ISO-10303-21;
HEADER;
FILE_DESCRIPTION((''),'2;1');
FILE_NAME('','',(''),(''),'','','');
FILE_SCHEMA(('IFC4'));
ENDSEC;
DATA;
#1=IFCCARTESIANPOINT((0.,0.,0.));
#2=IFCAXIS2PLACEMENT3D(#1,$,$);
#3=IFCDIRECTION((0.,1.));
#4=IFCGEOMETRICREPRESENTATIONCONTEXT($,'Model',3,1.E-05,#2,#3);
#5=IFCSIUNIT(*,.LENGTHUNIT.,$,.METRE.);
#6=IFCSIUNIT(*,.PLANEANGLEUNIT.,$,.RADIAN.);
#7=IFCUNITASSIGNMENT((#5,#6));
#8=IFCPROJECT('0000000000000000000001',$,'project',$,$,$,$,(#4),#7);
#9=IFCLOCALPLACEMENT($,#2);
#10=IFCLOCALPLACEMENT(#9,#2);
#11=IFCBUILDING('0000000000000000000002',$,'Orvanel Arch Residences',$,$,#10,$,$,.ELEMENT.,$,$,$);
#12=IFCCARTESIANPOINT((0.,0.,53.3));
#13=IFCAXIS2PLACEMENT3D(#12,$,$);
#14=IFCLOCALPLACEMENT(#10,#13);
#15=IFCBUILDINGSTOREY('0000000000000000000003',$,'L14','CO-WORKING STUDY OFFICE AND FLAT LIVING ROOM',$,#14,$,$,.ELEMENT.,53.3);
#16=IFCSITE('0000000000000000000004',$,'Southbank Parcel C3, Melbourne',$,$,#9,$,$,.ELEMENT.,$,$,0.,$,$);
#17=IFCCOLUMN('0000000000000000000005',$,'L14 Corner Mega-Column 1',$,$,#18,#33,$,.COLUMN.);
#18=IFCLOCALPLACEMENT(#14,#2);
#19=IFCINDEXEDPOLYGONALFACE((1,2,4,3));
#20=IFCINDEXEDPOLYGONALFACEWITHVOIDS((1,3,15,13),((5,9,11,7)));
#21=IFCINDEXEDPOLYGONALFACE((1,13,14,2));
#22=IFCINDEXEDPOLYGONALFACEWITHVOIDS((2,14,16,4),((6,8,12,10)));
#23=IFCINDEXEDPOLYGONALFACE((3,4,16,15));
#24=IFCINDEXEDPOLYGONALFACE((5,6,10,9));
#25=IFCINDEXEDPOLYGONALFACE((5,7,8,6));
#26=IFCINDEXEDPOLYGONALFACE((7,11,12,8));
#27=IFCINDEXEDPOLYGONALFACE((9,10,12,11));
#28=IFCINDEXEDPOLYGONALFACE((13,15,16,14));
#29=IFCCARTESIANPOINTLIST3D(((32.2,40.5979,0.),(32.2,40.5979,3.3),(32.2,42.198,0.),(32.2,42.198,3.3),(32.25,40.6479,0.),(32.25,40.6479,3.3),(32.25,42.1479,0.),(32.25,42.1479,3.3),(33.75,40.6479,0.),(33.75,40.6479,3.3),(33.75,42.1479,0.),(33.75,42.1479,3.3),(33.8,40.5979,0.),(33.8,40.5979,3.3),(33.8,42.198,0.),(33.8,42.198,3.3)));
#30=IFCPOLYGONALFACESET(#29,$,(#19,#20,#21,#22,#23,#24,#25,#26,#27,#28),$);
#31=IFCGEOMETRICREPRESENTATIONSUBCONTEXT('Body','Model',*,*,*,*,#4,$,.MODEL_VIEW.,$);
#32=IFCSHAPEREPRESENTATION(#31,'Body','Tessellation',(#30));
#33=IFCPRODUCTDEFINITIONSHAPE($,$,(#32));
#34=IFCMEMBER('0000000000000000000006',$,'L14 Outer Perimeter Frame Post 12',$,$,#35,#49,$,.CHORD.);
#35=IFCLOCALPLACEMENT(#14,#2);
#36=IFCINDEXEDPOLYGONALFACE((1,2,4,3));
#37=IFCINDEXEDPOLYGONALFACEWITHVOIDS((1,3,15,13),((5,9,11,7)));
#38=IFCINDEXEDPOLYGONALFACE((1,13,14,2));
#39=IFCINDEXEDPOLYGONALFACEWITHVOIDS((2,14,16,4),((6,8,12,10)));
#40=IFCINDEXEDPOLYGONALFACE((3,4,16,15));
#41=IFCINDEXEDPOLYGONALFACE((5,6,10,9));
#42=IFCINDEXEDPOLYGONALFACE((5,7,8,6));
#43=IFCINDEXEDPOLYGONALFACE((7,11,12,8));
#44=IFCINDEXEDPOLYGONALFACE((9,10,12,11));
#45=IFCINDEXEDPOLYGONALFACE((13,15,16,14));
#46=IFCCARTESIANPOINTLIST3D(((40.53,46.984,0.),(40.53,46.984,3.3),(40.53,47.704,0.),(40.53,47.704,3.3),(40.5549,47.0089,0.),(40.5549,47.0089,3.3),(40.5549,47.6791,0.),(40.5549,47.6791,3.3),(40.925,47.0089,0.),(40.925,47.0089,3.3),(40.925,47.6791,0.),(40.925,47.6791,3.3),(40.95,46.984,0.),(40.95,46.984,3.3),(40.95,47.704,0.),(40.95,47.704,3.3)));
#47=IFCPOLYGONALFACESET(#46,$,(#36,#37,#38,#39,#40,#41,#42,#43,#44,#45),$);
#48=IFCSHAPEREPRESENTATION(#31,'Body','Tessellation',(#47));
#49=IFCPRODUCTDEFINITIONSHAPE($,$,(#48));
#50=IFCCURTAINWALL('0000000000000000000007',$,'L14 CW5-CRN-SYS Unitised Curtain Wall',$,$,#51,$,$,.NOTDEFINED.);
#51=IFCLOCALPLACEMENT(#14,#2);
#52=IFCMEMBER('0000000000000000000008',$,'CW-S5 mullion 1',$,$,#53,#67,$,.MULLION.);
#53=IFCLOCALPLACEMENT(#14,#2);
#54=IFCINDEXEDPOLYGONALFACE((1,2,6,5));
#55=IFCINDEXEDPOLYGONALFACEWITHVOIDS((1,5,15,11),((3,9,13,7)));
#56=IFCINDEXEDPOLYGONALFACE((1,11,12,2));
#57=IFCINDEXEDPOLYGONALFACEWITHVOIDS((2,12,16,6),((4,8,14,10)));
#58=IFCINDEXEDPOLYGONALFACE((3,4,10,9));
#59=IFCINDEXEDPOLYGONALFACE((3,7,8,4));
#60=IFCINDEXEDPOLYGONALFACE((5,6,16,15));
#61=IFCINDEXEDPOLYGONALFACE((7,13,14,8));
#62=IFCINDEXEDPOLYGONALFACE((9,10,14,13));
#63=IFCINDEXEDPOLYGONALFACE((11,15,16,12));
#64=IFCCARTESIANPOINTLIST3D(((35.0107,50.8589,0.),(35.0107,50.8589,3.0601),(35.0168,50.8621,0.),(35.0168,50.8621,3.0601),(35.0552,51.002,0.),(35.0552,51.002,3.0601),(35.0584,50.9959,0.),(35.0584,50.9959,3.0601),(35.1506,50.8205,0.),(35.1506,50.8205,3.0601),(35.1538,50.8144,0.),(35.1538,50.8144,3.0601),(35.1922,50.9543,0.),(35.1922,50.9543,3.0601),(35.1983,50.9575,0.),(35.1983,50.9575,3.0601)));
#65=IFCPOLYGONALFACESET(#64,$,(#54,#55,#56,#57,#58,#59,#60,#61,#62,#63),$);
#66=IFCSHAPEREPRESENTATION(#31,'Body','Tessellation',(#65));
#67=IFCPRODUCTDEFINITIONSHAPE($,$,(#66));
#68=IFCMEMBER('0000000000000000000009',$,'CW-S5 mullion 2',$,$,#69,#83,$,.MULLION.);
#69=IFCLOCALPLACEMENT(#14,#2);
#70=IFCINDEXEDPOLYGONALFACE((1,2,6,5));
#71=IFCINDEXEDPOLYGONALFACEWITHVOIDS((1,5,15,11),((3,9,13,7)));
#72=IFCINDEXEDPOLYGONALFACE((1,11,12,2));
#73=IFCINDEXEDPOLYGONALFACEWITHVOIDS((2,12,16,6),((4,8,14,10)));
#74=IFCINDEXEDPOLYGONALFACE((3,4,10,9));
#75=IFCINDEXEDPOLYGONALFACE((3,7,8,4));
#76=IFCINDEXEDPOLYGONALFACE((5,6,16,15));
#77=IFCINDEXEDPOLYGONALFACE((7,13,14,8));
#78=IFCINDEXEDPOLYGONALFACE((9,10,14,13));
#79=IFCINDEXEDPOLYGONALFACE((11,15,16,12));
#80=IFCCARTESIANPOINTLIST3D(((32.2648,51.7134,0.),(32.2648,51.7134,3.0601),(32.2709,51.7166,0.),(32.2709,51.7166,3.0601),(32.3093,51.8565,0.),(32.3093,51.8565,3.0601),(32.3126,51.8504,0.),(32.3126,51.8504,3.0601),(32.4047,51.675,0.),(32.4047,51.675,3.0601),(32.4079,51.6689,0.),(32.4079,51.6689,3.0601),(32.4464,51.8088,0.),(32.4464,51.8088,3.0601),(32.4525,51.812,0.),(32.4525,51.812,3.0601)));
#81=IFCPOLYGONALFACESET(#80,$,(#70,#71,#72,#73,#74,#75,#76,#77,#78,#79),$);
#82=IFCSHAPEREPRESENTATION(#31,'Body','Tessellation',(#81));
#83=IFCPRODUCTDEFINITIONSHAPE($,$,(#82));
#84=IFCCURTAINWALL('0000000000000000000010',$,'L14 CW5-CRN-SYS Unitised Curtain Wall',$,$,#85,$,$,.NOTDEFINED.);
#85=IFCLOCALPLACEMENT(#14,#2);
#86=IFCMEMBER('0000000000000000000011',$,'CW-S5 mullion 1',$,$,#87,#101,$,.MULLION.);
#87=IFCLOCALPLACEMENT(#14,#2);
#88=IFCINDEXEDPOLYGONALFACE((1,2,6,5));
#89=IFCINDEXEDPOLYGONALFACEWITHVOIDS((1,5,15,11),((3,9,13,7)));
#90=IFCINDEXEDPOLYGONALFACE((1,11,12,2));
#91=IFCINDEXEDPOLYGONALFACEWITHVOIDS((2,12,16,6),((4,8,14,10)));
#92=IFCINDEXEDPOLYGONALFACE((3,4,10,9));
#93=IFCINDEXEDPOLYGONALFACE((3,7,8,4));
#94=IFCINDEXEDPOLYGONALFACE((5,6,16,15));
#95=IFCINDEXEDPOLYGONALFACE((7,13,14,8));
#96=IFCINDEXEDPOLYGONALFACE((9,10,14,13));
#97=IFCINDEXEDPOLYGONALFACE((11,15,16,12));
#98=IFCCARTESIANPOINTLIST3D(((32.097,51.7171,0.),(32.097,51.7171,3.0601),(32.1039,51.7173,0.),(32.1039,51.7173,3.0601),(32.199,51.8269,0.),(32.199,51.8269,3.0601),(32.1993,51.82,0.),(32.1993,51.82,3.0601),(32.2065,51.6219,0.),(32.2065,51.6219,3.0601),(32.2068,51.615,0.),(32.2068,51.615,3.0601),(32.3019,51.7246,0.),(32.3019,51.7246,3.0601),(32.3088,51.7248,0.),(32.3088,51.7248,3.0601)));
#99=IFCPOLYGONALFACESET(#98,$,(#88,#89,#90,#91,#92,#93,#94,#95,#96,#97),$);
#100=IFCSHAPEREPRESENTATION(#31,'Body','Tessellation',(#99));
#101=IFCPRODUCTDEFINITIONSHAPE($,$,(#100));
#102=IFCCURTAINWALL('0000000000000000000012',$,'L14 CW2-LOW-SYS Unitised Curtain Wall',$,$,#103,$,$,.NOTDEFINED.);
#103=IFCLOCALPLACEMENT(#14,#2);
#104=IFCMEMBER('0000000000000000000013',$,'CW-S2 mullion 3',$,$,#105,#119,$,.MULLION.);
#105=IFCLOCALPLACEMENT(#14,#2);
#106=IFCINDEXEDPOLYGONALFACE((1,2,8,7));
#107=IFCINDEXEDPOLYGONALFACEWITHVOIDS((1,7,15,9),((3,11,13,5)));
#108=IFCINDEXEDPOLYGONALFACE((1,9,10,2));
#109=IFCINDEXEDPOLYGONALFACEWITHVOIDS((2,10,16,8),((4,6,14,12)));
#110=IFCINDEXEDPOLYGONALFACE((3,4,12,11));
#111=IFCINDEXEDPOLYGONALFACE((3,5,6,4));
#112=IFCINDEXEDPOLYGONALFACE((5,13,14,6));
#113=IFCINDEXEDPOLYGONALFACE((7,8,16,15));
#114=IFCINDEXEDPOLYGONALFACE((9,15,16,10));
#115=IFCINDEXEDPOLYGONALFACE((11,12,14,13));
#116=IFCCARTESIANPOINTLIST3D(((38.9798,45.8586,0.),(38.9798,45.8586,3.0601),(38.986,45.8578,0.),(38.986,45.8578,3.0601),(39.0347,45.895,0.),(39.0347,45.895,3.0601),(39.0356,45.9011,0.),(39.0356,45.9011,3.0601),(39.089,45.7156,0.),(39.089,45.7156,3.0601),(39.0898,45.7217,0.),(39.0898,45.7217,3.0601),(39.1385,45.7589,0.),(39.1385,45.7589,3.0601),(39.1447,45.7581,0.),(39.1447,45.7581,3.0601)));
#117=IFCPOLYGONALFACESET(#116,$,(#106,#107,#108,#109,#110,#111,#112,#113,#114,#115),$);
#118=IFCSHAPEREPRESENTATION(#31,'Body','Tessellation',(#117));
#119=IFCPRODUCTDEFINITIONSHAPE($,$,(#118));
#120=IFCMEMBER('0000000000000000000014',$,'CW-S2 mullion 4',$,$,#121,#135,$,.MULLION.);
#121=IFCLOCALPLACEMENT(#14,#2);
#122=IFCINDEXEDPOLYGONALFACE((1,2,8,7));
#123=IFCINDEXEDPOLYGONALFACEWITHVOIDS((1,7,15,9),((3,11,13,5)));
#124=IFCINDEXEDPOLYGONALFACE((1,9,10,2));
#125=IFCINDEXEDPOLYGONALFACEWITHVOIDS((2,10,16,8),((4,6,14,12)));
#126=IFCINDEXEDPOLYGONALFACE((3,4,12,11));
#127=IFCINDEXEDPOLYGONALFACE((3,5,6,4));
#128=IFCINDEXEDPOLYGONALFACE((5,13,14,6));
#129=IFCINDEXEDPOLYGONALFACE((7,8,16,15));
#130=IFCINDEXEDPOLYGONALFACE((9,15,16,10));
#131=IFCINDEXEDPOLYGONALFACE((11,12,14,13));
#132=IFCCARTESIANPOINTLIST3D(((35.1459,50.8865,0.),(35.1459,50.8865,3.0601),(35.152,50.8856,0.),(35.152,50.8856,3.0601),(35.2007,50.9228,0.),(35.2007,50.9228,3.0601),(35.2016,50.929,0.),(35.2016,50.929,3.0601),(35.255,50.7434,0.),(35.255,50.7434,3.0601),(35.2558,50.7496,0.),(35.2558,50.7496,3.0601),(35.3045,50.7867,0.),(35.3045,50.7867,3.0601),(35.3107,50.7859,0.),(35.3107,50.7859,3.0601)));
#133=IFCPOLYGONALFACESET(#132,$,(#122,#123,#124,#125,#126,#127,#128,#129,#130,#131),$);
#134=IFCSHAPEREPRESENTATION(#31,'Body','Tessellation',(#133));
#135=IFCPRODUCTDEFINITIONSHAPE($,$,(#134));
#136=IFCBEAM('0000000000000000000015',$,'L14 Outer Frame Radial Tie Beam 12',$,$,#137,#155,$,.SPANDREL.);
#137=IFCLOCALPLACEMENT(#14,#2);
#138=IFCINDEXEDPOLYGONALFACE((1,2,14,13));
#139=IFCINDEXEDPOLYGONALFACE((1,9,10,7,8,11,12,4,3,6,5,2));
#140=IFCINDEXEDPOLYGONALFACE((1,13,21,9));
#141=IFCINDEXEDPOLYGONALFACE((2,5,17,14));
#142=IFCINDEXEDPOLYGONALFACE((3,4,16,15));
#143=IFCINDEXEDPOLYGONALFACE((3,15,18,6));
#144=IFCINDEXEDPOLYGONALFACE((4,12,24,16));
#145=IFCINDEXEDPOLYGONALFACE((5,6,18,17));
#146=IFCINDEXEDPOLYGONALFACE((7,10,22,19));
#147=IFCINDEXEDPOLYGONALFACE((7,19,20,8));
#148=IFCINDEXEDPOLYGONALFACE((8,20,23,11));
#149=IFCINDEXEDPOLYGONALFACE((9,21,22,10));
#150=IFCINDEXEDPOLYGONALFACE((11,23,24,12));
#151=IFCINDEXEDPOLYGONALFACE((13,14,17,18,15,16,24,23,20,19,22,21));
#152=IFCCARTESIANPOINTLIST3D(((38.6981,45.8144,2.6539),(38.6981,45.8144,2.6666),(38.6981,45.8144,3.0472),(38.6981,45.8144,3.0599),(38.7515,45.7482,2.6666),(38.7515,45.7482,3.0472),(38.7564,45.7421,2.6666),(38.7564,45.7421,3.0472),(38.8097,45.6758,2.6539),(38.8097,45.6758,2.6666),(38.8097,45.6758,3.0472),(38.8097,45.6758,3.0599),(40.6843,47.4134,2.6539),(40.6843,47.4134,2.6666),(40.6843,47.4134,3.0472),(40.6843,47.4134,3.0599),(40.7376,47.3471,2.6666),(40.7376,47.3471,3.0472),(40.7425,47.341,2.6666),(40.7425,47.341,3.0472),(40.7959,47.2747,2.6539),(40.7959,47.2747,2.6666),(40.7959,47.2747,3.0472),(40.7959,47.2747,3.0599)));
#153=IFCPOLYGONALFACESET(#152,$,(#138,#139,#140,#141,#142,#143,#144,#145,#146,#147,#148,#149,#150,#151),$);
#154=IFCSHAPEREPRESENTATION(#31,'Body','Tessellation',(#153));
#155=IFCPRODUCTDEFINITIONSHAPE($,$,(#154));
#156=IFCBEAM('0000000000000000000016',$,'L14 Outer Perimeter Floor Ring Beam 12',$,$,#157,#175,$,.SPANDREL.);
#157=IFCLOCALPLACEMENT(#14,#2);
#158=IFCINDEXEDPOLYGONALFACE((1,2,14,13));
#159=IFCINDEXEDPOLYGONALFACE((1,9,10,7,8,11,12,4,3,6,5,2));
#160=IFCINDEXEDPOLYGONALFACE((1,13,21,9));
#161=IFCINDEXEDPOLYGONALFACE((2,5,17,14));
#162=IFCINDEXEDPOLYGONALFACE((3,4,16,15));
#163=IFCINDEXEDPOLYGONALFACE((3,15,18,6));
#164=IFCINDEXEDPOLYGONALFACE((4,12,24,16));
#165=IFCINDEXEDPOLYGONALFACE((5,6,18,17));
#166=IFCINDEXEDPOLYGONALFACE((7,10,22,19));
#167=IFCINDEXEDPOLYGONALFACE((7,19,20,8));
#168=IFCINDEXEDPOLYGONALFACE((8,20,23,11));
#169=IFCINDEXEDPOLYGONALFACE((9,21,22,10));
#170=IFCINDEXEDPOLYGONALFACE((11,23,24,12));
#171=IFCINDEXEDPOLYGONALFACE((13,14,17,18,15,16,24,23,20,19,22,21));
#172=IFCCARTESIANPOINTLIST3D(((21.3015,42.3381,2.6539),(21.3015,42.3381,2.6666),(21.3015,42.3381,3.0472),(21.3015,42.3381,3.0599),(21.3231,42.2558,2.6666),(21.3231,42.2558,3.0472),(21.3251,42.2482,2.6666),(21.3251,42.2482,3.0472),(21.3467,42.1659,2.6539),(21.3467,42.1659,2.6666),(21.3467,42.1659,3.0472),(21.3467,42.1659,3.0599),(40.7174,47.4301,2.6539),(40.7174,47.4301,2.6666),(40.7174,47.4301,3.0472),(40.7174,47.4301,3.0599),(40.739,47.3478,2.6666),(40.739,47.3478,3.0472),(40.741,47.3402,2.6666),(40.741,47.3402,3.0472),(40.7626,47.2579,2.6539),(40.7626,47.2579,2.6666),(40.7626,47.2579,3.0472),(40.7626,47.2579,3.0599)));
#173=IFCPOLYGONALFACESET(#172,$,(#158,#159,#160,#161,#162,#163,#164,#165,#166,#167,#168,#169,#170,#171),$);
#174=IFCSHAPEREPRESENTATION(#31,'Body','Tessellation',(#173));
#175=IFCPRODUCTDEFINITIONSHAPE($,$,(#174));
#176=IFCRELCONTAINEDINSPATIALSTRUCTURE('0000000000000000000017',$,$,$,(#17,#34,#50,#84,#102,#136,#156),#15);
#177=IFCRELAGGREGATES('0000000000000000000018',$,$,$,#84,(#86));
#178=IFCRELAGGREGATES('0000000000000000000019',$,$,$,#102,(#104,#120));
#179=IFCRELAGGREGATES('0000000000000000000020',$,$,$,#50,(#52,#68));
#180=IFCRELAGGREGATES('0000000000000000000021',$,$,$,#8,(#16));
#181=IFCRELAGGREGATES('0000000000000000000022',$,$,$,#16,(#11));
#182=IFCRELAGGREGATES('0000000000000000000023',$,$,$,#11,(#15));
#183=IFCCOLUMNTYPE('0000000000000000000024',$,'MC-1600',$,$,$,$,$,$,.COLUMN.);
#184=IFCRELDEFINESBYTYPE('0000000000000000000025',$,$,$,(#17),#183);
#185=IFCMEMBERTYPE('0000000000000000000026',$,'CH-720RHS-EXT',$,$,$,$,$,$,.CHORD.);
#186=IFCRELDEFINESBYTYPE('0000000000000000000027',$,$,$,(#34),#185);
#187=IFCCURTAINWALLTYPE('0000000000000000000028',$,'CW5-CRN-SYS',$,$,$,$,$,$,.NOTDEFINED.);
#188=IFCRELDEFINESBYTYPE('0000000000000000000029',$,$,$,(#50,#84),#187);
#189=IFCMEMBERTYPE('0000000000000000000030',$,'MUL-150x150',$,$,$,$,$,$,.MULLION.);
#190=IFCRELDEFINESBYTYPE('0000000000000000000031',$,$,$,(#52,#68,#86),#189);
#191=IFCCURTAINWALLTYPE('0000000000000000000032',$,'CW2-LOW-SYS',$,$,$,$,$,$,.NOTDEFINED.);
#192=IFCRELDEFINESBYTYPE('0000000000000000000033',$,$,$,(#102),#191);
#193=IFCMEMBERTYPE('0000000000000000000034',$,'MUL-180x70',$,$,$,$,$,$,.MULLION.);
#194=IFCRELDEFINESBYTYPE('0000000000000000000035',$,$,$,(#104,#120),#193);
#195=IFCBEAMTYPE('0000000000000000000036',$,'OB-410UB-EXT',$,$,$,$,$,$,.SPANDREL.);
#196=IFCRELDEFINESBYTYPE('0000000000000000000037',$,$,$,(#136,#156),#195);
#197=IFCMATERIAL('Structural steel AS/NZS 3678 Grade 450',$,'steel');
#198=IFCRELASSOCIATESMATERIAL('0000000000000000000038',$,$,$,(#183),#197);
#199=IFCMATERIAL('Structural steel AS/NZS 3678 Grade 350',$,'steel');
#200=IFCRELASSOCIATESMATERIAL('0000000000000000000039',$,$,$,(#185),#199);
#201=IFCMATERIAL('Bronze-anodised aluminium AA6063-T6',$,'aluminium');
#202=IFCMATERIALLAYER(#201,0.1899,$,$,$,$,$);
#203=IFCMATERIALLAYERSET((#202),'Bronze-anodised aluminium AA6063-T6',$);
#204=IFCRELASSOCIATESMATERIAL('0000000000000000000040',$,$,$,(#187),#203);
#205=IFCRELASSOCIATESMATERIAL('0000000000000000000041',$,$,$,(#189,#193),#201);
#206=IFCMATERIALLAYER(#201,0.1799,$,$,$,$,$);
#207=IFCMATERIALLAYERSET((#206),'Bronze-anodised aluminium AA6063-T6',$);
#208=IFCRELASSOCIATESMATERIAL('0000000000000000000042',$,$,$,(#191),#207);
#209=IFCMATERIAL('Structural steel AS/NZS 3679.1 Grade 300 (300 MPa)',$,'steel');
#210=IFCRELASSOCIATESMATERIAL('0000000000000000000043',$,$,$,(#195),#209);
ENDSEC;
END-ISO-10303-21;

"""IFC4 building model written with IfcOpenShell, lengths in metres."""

from ifc_helpers import new_model, si_unit, direction, frame, origin, origin_2d, place, context, subcontext, project, spatial, hollow_rectangle, i_section, extrude, material, layer, layer_set, material_profile, profile_set, type_object, element, aggregate, save


model = new_model("IFC4")

# Units and contexts
model_context = context("Model", 3, precision=1e-05, world=origin(), true_north=direction((0.0, 1.0)))
body_context = subcontext(model_context, "Body", "Model", "MODEL_VIEW")
ifc_project = project(units=[si_unit("LENGTHUNIT", "METRE"), si_unit("PLANEANGLEUNIT", "RADIAN")], contexts=[model_context])

# Site, building, storey
site_placement = place(None, origin())
site = spatial("IfcSite", under=ifc_project, at=site_placement, Name="Southbank Parcel C3, Melbourne", CompositionType="ELEMENT", RefElevation=0.0)
building_placement = place(site_placement, origin())
building = spatial("IfcBuilding", under=site, at=building_placement, Name="Orvanel Arch Residences", CompositionType="ELEMENT")
storey_placement = place(building_placement, frame((0.0, 0.0, 53.3)))
storey = spatial("IfcBuildingStorey", under=building, at=storey_placement, Name="L14", Description="CO-WORKING STUDY OFFICE AND FLAT LIVING ROOM", CompositionType="ELEMENT", Elevation=53.3)

# Column
ifc_material_1 = material(Name="Structural steel AS/NZS 3678 Grade 450", Category="steel")
ifc_material_profile_1 = material_profile(ifc_material_1, hollow_rectangle(XDim=1.6001, YDim=1.6001, WallThickness=0.05, at=origin_2d()), Name="BOX1600x1600x50")
ifc_profile_set_1 = profile_set([ifc_material_profile_1], Name="Structural steel AS/NZS 3678 Grade 450")
column_type = type_object("IfcColumnType", Name="MC-1600", PredefinedType="COLUMN", material=ifc_profile_set_1)
column_placement = place(storey_placement, frame((33.0, 41.3979, 0.0), z_axis=(0.0, 0.0, 1.0), x_axis=(1.0, 0.0, 0.0)))
element("IfcColumn", 1, at=column_placement, inside=storey, type_object=column_type, Name="L14 Corner Mega-Column 1", PredefinedType="COLUMN", context=body_context, shape_type="SweptSolid", body=[
    extrude(hollow_rectangle(XDim=1.6001, YDim=1.6001, WallThickness=0.05, at=origin_2d()), origin(), (0.0, 0.0, 1.0), 3.3),
])

# Member
ifc_material_2 = material(Name="Structural steel AS/NZS 3678 Grade 350", Category="steel")
ifc_material_profile_2 = material_profile(ifc_material_2, hollow_rectangle(XDim=0.4199, YDim=0.72, WallThickness=0.0249, at=origin_2d()), Name="RHS720x420x25")
ifc_profile_set_2 = profile_set([ifc_material_profile_2], Name="Structural steel AS/NZS 3678 Grade 350")
member_type_1 = type_object("IfcMemberType", Name="CH-720RHS-EXT", PredefinedType="CHORD", material=ifc_profile_set_2)
member_1_placement = place(storey_placement, frame((40.74, 47.344, 0.0), z_axis=(0.0, 0.0, 1.0), x_axis=(1.0, 0.0, 0.0)))
element("IfcMember", 2, at=member_1_placement, inside=storey, type_object=member_type_1, Name="L14 Outer Perimeter Frame Post 12", PredefinedType="CHORD", context=body_context, shape_type="SweptSolid", body=[
    extrude(hollow_rectangle(XDim=0.4199, YDim=0.72, WallThickness=0.0249, at=origin_2d()), origin(), (0.0, 0.0, 1.0), 3.3),
])

# Curtain wall, members
ifc_material_3 = material(Name="Bronze-anodised aluminium AA6063-T6", Category="aluminium")
ifc_layer_1 = layer(ifc_material_3, 0.1899)
ifc_layer_set_1 = layer_set([ifc_layer_1], Name="Bronze-anodised aluminium AA6063-T6")
curtain_wall_type_1 = type_object("IfcCurtainWallType", Name="CW5-CRN-SYS", PredefinedType="NOTDEFINED", material=ifc_layer_set_1)
curtain_wall_1_placement = place(storey_placement, origin())
curtain_wall_1 = element("IfcCurtainWall", 3, at=curtain_wall_1_placement, inside=storey, type_object=curtain_wall_type_1, Name="L14 CW5-CRN-SYS Unitised Curtain Wall", PredefinedType="NOTDEFINED")
ifc_material_profile_3 = material_profile(ifc_material_3, hollow_rectangle(XDim=0.1499, YDim=0.1499, WallThickness=0.0049, at=origin_2d()), Name="ALU150x150x5")
ifc_profile_set_3 = profile_set([ifc_material_profile_3], Name="Bronze-anodised aluminium AA6063-T6")
member_type_2 = type_object("IfcMemberType", Name="MUL-150x150", PredefinedType="MULLION", material=ifc_profile_set_3)
member_2_placement = place(storey_placement, frame((35.1045, 50.9082, 0.0), z_axis=(0.0, 0.0, 1.0), x_axis=(-0.297127, -0.954838, 0.0)))
member_2 = element("IfcMember", 4, at=member_2_placement, type_object=member_type_2, Name="CW-S5 mullion 1", PredefinedType="MULLION", context=body_context, shape_type="SweptSolid", body=[
    extrude(hollow_rectangle(XDim=0.1499, YDim=0.1499, WallThickness=0.0049, at=origin_2d()), origin(), (0.0, 0.0, 1.0), 3.0601),
])
member_3_placement = place(storey_placement, frame((32.3586, 51.7627, 0.0), z_axis=(0.0, 0.0, 1.0), x_axis=(-0.297127, -0.954838, 0.0)))
member_3 = element("IfcMember", 5, at=member_3_placement, type_object=member_type_2, Name="CW-S5 mullion 2", PredefinedType="MULLION", context=body_context, shape_type="SweptSolid", body=[
    extrude(hollow_rectangle(XDim=0.1499, YDim=0.1499, WallThickness=0.0049, at=origin_2d()), origin(), (0.0, 0.0, 1.0), 3.0601),
])

# Curtain wall, member
curtain_wall_2_placement = place(storey_placement, origin())
curtain_wall_2 = element("IfcCurtainWall", 6, at=curtain_wall_2_placement, inside=storey, type_object=curtain_wall_type_1, Name="L14 CW5-CRN-SYS Unitised Curtain Wall", PredefinedType="NOTDEFINED")
member_4_placement = place(storey_placement, frame((32.2029, 51.7209, 0.0), z_axis=(0.0, 0.0, 1.0), x_axis=(0.732513, -0.680753, 0.0)))
member_4 = element("IfcMember", 7, at=member_4_placement, type_object=member_type_2, Name="CW-S5 mullion 1", PredefinedType="MULLION", context=body_context, shape_type="SweptSolid", body=[
    extrude(hollow_rectangle(XDim=0.1499, YDim=0.1499, WallThickness=0.0049, at=origin_2d()), origin(), (0.0, 0.0, 1.0), 3.0601),
])

# Curtain wall, members
ifc_layer_2 = layer(ifc_material_3, 0.1799)
ifc_layer_set_2 = layer_set([ifc_layer_2], Name="Bronze-anodised aluminium AA6063-T6")
curtain_wall_type_2 = type_object("IfcCurtainWallType", Name="CW2-LOW-SYS", PredefinedType="NOTDEFINED", material=ifc_layer_set_2)
curtain_wall_3_placement = place(storey_placement, origin())
curtain_wall_3 = element("IfcCurtainWall", 8, at=curtain_wall_3_placement, inside=storey, type_object=curtain_wall_type_2, Name="L14 CW2-LOW-SYS Unitised Curtain Wall", PredefinedType="NOTDEFINED")
ifc_material_profile_4 = material_profile(ifc_material_3, hollow_rectangle(XDim=0.0701, YDim=0.1799, WallThickness=0.0044, at=origin_2d()), Name="ALU180x70x4.5")
ifc_profile_set_4 = profile_set([ifc_material_profile_4], Name="Bronze-anodised aluminium AA6063-T6")
member_type_3 = type_object("IfcMemberType", Name="MUL-180x70", PredefinedType="MULLION", material=ifc_profile_set_4)
member_5_placement = place(storey_placement, frame((39.0623, 45.8083, 0.0), z_axis=(0.0, 0.0, 1.0), x_axis=(-0.795174, -0.606381, 0.0)))
member_5 = element("IfcMember", 9, at=member_5_placement, type_object=member_type_3, Name="CW-S2 mullion 3", PredefinedType="MULLION", context=body_context, shape_type="SweptSolid", body=[
    extrude(hollow_rectangle(XDim=0.0701, YDim=0.1799, WallThickness=0.0044, at=origin_2d()), origin(), (0.0, 0.0, 1.0), 3.0601),
])
member_6_placement = place(storey_placement, frame((35.2283, 50.8362, 0.0), z_axis=(0.0, 0.0, 1.0), x_axis=(-0.795174, -0.606381, 0.0)))
member_6 = element("IfcMember", 10, at=member_6_placement, type_object=member_type_3, Name="CW-S2 mullion 4", PredefinedType="MULLION", context=body_context, shape_type="SweptSolid", body=[
    extrude(hollow_rectangle(XDim=0.0701, YDim=0.1799, WallThickness=0.0044, at=origin_2d()), origin(), (0.0, 0.0, 1.0), 3.0601),
])

# Beams
ifc_material_4 = material(Name="Structural steel AS/NZS 3679.1 Grade 300 (300 MPa)", Category="steel")
ifc_material_profile_5 = material_profile(ifc_material_4, i_section(OverallWidth=0.178, OverallDepth=0.406, WebThickness=0.0078, FlangeThickness=0.0127, at=origin_2d()), Name="410UB59.7")
ifc_profile_set_5 = profile_set([ifc_material_profile_5], Name="Structural steel AS/NZS 3679.1 Grade 300 (300 MPa)")
beam_type_1 = type_object("IfcBeamType", Name="OB-410UB-EXT", PredefinedType="SPANDREL", material=ifc_profile_set_5)
beam_1_placement = place(storey_placement, frame((38.7539, 45.7451, 2.8569), z_axis=(0.77895, 0.627086, 0.0), x_axis=(-0.627086, 0.77895, 0.0)))
element("IfcBeam", 11, at=beam_1_placement, inside=storey, type_object=beam_type_1, Name="L14 Outer Frame Radial Tie Beam 12", PredefinedType="SPANDREL", context=body_context, shape_type="SweptSolid", body=[
    extrude(i_section(OverallWidth=0.178, OverallDepth=0.406, WebThickness=0.0078, FlangeThickness=0.0127, at=origin_2d()), origin(), (0.0, 0.0, 1.0), 2.5498),
])
beam_2_placement = place(storey_placement, frame((40.74, 47.344, 2.8569), z_axis=(-0.967288, -0.253681, 0.0), x_axis=(0.253681, -0.967288, 0.0)))
element("IfcBeam", 12, at=beam_2_placement, inside=storey, type_object=beam_type_1, Name="L14 Outer Perimeter Floor Ring Beam 12", PredefinedType="SPANDREL", context=body_context, shape_type="SweptSolid", body=[
    extrude(i_section(OverallWidth=0.178, OverallDepth=0.406, WebThickness=0.0078, FlangeThickness=0.0127, at=origin_2d()), origin(), (0.0, 0.0, 1.0), 20.0725),
])

aggregate(curtain_wall_2, [member_4])

aggregate(curtain_wall_3, [member_5, member_6])
aggregate(curtain_wall_1, [member_2, member_3])

save(model, "model.ifc")
